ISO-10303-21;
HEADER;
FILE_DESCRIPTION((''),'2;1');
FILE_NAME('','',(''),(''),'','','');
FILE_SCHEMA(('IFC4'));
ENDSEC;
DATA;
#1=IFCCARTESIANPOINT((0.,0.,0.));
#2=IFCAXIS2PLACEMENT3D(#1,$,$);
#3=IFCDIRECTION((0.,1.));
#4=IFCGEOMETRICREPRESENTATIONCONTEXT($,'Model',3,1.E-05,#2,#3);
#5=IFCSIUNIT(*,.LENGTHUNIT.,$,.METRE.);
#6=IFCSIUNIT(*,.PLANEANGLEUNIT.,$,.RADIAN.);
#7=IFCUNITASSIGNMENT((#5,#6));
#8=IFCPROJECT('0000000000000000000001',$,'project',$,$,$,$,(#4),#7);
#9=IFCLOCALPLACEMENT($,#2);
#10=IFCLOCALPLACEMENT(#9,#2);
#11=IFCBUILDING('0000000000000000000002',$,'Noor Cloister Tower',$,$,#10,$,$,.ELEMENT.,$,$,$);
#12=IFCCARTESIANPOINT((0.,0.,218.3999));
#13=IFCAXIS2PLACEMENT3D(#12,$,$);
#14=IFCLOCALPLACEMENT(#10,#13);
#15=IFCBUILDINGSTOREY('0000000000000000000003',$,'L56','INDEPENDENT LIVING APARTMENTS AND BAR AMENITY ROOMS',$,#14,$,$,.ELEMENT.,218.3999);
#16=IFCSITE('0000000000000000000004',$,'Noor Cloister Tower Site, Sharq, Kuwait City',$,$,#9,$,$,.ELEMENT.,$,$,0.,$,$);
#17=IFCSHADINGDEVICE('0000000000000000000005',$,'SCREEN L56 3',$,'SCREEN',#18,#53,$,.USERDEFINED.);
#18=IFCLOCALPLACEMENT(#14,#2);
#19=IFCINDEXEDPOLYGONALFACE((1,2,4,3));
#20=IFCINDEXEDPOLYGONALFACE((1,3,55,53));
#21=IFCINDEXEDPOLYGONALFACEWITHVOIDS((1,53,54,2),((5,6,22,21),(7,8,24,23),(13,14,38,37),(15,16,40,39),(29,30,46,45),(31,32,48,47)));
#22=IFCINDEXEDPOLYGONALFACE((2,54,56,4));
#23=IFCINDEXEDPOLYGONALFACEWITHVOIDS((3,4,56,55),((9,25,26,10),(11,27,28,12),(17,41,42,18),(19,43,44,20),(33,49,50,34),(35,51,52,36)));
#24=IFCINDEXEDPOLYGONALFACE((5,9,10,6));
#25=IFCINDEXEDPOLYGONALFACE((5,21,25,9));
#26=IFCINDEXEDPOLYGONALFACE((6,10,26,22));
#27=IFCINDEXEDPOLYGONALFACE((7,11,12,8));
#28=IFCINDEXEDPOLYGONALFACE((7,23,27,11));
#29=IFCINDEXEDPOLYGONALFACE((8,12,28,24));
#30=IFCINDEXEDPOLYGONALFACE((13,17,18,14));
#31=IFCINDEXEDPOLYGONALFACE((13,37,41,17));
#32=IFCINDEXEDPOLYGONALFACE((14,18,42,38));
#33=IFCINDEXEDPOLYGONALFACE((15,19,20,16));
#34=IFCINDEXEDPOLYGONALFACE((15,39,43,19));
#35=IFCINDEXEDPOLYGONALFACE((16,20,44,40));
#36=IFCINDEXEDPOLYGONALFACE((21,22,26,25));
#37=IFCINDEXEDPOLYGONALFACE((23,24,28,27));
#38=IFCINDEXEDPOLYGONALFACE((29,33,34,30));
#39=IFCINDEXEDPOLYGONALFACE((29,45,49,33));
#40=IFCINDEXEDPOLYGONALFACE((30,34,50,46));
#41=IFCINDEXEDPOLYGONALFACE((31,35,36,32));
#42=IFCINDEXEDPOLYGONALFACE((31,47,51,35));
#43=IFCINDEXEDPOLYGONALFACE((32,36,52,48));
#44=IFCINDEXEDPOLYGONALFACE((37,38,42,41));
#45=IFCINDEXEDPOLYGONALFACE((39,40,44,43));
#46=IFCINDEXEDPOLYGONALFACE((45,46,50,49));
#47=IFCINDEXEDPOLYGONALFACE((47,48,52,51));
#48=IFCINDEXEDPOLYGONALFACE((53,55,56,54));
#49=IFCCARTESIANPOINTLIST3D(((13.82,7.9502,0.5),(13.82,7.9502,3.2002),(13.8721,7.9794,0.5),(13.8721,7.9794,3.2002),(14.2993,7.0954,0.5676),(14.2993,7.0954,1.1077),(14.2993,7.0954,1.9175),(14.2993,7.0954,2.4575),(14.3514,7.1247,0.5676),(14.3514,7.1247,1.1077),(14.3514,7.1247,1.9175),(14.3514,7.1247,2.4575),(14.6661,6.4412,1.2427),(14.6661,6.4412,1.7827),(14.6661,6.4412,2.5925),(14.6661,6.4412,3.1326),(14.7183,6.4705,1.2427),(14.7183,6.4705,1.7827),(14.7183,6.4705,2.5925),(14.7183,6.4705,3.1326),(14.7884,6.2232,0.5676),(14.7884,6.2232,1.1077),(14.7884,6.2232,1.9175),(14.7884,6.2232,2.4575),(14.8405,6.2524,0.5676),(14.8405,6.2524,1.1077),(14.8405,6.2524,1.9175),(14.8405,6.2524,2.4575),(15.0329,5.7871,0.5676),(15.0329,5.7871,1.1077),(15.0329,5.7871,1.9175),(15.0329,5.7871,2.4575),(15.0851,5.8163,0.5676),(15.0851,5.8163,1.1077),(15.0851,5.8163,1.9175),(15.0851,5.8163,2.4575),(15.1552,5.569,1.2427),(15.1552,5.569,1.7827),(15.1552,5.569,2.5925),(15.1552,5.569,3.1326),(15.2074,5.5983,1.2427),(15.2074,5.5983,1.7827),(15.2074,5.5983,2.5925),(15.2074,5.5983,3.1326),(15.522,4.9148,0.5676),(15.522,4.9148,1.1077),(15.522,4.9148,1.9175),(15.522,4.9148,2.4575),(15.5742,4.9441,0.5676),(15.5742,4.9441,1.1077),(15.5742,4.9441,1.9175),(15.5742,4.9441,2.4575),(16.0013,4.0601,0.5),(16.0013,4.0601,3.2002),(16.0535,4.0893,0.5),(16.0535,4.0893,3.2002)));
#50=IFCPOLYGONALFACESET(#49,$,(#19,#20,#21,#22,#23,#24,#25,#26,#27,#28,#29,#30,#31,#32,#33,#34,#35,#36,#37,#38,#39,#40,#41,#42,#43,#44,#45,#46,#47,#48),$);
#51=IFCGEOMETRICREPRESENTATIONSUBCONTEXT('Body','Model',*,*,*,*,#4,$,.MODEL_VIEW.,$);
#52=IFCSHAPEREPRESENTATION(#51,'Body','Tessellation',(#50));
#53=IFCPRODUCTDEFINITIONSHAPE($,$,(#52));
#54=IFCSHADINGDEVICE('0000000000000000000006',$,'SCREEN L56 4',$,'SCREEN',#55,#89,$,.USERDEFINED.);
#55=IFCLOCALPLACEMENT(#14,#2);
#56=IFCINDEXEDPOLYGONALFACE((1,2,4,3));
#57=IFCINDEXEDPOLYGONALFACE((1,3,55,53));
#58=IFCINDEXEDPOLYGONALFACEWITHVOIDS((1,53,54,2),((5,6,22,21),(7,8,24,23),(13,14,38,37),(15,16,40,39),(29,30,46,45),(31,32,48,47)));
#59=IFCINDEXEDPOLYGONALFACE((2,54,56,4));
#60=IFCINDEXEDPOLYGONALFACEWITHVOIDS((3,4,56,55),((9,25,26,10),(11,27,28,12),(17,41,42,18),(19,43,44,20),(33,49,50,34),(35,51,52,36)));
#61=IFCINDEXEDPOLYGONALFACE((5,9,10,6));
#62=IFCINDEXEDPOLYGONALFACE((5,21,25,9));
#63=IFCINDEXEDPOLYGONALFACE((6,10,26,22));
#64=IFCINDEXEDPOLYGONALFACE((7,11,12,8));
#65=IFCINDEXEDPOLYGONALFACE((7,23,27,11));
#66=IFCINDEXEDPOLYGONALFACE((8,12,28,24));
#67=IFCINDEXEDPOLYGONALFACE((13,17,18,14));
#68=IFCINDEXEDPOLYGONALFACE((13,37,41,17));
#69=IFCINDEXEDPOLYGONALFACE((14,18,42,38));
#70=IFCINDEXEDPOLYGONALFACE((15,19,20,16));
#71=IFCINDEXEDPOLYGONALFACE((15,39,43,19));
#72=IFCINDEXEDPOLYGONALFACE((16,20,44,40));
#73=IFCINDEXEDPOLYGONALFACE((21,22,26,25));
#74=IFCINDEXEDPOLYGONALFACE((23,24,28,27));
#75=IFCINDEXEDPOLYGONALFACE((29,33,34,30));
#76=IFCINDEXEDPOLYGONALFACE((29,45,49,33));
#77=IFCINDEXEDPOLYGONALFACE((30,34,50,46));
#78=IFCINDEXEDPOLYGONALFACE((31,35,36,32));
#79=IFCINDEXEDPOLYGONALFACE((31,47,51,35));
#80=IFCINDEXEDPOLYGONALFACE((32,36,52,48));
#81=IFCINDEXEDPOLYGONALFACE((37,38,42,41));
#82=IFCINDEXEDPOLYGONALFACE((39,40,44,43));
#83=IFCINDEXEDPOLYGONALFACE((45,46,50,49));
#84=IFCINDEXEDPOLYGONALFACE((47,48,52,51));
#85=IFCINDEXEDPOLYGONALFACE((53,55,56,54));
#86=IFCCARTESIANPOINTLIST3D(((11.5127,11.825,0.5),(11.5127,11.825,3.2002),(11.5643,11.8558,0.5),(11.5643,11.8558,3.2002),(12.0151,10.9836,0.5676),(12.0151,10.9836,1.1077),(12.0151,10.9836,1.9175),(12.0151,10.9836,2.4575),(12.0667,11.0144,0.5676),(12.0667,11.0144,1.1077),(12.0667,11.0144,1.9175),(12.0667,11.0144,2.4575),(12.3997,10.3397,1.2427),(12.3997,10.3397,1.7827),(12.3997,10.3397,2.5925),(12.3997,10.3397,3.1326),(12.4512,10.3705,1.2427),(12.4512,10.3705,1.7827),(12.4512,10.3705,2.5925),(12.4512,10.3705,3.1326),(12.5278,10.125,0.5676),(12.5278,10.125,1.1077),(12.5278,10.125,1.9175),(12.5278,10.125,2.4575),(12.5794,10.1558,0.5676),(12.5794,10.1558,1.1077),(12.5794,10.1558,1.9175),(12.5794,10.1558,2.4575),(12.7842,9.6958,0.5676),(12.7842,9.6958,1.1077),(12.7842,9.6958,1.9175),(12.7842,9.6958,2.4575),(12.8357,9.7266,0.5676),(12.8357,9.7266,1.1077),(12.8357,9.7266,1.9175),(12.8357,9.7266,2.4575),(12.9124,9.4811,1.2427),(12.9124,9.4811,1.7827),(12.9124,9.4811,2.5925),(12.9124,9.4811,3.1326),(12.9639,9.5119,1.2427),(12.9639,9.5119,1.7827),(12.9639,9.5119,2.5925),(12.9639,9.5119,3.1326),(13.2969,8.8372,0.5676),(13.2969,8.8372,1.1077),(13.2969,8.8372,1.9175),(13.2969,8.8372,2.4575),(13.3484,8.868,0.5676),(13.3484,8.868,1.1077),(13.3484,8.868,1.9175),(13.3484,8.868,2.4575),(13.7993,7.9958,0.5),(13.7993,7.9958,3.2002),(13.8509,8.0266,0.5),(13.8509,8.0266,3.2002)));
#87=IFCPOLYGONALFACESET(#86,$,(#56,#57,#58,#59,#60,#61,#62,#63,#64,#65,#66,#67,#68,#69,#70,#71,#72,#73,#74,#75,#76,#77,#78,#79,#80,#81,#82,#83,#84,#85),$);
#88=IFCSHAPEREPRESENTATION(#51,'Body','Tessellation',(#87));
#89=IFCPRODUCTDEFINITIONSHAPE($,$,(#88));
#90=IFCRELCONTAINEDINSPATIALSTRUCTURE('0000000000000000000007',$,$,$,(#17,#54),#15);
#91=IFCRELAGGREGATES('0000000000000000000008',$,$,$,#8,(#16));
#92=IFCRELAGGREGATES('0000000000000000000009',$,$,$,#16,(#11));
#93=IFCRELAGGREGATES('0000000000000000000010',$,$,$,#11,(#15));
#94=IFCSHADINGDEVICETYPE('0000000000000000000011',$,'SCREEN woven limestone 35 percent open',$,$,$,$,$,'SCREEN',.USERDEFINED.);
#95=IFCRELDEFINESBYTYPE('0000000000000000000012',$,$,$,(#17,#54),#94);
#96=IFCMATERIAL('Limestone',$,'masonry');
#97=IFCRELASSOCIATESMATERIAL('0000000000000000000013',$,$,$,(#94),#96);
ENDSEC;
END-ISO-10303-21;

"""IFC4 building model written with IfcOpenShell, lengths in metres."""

from ifc_helpers import new_model, si_unit, direction, frame, origin, place, context, subcontext, project, spatial, polyline, outline, extrude, material, material_profile, profile_set, type_object, element, save


model = new_model("IFC4")

# Units and contexts
model_context = context("Model", 3, precision=1e-05, world=origin(), true_north=direction((0.0, 1.0)))
body_context = subcontext(model_context, "Body", "Model", "MODEL_VIEW")
ifc_project = project(units=[si_unit("LENGTHUNIT", "METRE"), si_unit("PLANEANGLEUNIT", "RADIAN")], contexts=[model_context])

# Site, building, storey
site_placement = place(None, origin())
site = spatial("IfcSite", under=ifc_project, at=site_placement, Name="Noor Cloister Tower Site, Sharq, Kuwait City", CompositionType="ELEMENT", RefElevation=0.0)
building_placement = place(site_placement, origin())
building = spatial("IfcBuilding", under=site, at=building_placement, Name="Noor Cloister Tower", CompositionType="ELEMENT")
storey_placement = place(building_placement, frame((0.0, 0.0, 218.3999)))
storey = spatial("IfcBuildingStorey", under=building, at=storey_placement, Name="L56", Description="INDEPENDENT LIVING APARTMENTS AND BAR AMENITY ROOMS", CompositionType="ELEMENT", Elevation=218.3999)

# Shading devices
ifc_material_1 = material(Name="Limestone", Category="masonry")
ifc_material_profile_1 = material_profile(ifc_material_1, outline(polyline([(-2.23, -1.3501), (2.23, -1.3501), (2.23, 1.3501), (-2.23, 1.3501), (-2.23, -1.3501)]), holes=[polyline([(-1.25, -1.2825), (-0.25, -1.2825), (-0.25, -0.7424), (-1.25, -0.7424), (-1.25, -1.2825)]), polyline([(0.25, -1.2825), (1.25, -1.2825), (1.25, -0.7424), (0.25, -0.7424), (0.25, -1.2825)]), polyline([(-0.5, -0.6074), (0.5, -0.6074), (0.5, -0.0674), (-0.5, -0.0674), (-0.5, -0.6074)]), polyline([(-1.25, 0.0674), (-0.25, 0.0674), (-0.25, 0.6074), (-1.25, 0.6074), (-1.25, 0.0674)]), polyline([(0.25, 0.0674), (1.25, 0.0674), (1.25, 0.6074), (0.25, 0.6074), (0.25, 0.0674)]), polyline([(-0.5, 0.7424), (0.5, 0.7424), (0.5, 1.2825), (-0.5, 1.2825), (-0.5, 0.7424)])]), Name="Woven screen 35 percent open")
ifc_profile_set_1 = profile_set([ifc_material_profile_1], Name="Limestone")
shading_device_type = type_object("IfcShadingDeviceType", Name="SCREEN woven limestone 35 percent open", ElementType="SCREEN", PredefinedType="USERDEFINED", material=ifc_profile_set_1)
shading_device_1_placement = place(storey_placement, frame((14.9106, 6.0051, 1.8501), z_axis=(0.872228, 0.4891, 0.0), x_axis=(-0.4891, 0.872228, 0.0)))
element("IfcShadingDevice", 1, at=shading_device_1_placement, inside=storey, type_object=shading_device_type, Name="SCREEN L56 3", ObjectType="SCREEN", PredefinedType="USERDEFINED", context=body_context, shape_type="SweptSolid", body=[
    extrude(outline(polyline([(-2.23, -1.3501), (2.23, -1.3501), (2.23, 1.3501), (-2.23, 1.3501), (-2.23, -1.3501)]), holes=[polyline([(-1.25, -1.2825), (-0.25, -1.2825), (-0.25, -0.7424), (-1.25, -0.7424), (-1.25, -1.2825)]), polyline([(0.25, -1.2825), (1.25, -1.2825), (1.25, -0.7424), (0.25, -0.7424), (0.25, -1.2825)]), polyline([(-0.5, -0.6074), (0.5, -0.6074), (0.5, -0.0674), (-0.5, -0.0674), (-0.5, -0.6074)]), polyline([(-1.25, 0.0674), (-0.25, 0.0674), (-0.25, 0.6074), (-1.25, 0.6074), (-1.25, 0.0674)]), polyline([(0.25, 0.0674), (1.25, 0.0674), (1.25, 0.6074), (0.25, 0.6074), (0.25, 0.0674)]), polyline([(-0.5, 0.7424), (0.5, 0.7424), (0.5, 1.2825), (-0.5, 1.2825), (-0.5, 0.7424)])]), origin(), (0.0, 0.0, 1.0), 0.0598),
])
shading_device_2_placement = place(storey_placement, frame((12.656, 9.9104, 1.8501), z_axis=(0.858568, 0.512699, 0.0), x_axis=(-0.512699, 0.858568, 0.0)))
element("IfcShadingDevice", 2, at=shading_device_2_placement, inside=storey, type_object=shading_device_type, Name="SCREEN L56 4", ObjectType="SCREEN", PredefinedType="USERDEFINED", context=body_context, shape_type="SweptSolid", body=[
    extrude(outline(polyline([(-2.23, -1.3501), (2.23, -1.3501), (2.23, 1.3501), (-2.23, 1.3501), (-2.23, -1.3501)]), holes=[polyline([(-1.25, -1.2825), (-0.25, -1.2825), (-0.25, -0.7424), (-1.25, -0.7424), (-1.25, -1.2825)]), polyline([(0.25, -1.2825), (1.25, -1.2825), (1.25, -0.7424), (0.25, -0.7424), (0.25, -1.2825)]), polyline([(-0.5, -0.6074), (0.5, -0.6074), (0.5, -0.0674), (-0.5, -0.0674), (-0.5, -0.6074)]), polyline([(-1.25, 0.0674), (-0.25, 0.0674), (-0.25, 0.6074), (-1.25, 0.6074), (-1.25, 0.0674)]), polyline([(0.25, 0.0674), (1.25, 0.0674), (1.25, 0.6074), (0.25, 0.6074), (0.25, 0.0674)]), polyline([(-0.5, 0.7424), (0.5, 0.7424), (0.5, 1.2825), (-0.5, 1.2825), (-0.5, 0.7424)])]), origin(), (0.0, 0.0, 1.0), 0.0601),
])

save(model, "model.ifc")
